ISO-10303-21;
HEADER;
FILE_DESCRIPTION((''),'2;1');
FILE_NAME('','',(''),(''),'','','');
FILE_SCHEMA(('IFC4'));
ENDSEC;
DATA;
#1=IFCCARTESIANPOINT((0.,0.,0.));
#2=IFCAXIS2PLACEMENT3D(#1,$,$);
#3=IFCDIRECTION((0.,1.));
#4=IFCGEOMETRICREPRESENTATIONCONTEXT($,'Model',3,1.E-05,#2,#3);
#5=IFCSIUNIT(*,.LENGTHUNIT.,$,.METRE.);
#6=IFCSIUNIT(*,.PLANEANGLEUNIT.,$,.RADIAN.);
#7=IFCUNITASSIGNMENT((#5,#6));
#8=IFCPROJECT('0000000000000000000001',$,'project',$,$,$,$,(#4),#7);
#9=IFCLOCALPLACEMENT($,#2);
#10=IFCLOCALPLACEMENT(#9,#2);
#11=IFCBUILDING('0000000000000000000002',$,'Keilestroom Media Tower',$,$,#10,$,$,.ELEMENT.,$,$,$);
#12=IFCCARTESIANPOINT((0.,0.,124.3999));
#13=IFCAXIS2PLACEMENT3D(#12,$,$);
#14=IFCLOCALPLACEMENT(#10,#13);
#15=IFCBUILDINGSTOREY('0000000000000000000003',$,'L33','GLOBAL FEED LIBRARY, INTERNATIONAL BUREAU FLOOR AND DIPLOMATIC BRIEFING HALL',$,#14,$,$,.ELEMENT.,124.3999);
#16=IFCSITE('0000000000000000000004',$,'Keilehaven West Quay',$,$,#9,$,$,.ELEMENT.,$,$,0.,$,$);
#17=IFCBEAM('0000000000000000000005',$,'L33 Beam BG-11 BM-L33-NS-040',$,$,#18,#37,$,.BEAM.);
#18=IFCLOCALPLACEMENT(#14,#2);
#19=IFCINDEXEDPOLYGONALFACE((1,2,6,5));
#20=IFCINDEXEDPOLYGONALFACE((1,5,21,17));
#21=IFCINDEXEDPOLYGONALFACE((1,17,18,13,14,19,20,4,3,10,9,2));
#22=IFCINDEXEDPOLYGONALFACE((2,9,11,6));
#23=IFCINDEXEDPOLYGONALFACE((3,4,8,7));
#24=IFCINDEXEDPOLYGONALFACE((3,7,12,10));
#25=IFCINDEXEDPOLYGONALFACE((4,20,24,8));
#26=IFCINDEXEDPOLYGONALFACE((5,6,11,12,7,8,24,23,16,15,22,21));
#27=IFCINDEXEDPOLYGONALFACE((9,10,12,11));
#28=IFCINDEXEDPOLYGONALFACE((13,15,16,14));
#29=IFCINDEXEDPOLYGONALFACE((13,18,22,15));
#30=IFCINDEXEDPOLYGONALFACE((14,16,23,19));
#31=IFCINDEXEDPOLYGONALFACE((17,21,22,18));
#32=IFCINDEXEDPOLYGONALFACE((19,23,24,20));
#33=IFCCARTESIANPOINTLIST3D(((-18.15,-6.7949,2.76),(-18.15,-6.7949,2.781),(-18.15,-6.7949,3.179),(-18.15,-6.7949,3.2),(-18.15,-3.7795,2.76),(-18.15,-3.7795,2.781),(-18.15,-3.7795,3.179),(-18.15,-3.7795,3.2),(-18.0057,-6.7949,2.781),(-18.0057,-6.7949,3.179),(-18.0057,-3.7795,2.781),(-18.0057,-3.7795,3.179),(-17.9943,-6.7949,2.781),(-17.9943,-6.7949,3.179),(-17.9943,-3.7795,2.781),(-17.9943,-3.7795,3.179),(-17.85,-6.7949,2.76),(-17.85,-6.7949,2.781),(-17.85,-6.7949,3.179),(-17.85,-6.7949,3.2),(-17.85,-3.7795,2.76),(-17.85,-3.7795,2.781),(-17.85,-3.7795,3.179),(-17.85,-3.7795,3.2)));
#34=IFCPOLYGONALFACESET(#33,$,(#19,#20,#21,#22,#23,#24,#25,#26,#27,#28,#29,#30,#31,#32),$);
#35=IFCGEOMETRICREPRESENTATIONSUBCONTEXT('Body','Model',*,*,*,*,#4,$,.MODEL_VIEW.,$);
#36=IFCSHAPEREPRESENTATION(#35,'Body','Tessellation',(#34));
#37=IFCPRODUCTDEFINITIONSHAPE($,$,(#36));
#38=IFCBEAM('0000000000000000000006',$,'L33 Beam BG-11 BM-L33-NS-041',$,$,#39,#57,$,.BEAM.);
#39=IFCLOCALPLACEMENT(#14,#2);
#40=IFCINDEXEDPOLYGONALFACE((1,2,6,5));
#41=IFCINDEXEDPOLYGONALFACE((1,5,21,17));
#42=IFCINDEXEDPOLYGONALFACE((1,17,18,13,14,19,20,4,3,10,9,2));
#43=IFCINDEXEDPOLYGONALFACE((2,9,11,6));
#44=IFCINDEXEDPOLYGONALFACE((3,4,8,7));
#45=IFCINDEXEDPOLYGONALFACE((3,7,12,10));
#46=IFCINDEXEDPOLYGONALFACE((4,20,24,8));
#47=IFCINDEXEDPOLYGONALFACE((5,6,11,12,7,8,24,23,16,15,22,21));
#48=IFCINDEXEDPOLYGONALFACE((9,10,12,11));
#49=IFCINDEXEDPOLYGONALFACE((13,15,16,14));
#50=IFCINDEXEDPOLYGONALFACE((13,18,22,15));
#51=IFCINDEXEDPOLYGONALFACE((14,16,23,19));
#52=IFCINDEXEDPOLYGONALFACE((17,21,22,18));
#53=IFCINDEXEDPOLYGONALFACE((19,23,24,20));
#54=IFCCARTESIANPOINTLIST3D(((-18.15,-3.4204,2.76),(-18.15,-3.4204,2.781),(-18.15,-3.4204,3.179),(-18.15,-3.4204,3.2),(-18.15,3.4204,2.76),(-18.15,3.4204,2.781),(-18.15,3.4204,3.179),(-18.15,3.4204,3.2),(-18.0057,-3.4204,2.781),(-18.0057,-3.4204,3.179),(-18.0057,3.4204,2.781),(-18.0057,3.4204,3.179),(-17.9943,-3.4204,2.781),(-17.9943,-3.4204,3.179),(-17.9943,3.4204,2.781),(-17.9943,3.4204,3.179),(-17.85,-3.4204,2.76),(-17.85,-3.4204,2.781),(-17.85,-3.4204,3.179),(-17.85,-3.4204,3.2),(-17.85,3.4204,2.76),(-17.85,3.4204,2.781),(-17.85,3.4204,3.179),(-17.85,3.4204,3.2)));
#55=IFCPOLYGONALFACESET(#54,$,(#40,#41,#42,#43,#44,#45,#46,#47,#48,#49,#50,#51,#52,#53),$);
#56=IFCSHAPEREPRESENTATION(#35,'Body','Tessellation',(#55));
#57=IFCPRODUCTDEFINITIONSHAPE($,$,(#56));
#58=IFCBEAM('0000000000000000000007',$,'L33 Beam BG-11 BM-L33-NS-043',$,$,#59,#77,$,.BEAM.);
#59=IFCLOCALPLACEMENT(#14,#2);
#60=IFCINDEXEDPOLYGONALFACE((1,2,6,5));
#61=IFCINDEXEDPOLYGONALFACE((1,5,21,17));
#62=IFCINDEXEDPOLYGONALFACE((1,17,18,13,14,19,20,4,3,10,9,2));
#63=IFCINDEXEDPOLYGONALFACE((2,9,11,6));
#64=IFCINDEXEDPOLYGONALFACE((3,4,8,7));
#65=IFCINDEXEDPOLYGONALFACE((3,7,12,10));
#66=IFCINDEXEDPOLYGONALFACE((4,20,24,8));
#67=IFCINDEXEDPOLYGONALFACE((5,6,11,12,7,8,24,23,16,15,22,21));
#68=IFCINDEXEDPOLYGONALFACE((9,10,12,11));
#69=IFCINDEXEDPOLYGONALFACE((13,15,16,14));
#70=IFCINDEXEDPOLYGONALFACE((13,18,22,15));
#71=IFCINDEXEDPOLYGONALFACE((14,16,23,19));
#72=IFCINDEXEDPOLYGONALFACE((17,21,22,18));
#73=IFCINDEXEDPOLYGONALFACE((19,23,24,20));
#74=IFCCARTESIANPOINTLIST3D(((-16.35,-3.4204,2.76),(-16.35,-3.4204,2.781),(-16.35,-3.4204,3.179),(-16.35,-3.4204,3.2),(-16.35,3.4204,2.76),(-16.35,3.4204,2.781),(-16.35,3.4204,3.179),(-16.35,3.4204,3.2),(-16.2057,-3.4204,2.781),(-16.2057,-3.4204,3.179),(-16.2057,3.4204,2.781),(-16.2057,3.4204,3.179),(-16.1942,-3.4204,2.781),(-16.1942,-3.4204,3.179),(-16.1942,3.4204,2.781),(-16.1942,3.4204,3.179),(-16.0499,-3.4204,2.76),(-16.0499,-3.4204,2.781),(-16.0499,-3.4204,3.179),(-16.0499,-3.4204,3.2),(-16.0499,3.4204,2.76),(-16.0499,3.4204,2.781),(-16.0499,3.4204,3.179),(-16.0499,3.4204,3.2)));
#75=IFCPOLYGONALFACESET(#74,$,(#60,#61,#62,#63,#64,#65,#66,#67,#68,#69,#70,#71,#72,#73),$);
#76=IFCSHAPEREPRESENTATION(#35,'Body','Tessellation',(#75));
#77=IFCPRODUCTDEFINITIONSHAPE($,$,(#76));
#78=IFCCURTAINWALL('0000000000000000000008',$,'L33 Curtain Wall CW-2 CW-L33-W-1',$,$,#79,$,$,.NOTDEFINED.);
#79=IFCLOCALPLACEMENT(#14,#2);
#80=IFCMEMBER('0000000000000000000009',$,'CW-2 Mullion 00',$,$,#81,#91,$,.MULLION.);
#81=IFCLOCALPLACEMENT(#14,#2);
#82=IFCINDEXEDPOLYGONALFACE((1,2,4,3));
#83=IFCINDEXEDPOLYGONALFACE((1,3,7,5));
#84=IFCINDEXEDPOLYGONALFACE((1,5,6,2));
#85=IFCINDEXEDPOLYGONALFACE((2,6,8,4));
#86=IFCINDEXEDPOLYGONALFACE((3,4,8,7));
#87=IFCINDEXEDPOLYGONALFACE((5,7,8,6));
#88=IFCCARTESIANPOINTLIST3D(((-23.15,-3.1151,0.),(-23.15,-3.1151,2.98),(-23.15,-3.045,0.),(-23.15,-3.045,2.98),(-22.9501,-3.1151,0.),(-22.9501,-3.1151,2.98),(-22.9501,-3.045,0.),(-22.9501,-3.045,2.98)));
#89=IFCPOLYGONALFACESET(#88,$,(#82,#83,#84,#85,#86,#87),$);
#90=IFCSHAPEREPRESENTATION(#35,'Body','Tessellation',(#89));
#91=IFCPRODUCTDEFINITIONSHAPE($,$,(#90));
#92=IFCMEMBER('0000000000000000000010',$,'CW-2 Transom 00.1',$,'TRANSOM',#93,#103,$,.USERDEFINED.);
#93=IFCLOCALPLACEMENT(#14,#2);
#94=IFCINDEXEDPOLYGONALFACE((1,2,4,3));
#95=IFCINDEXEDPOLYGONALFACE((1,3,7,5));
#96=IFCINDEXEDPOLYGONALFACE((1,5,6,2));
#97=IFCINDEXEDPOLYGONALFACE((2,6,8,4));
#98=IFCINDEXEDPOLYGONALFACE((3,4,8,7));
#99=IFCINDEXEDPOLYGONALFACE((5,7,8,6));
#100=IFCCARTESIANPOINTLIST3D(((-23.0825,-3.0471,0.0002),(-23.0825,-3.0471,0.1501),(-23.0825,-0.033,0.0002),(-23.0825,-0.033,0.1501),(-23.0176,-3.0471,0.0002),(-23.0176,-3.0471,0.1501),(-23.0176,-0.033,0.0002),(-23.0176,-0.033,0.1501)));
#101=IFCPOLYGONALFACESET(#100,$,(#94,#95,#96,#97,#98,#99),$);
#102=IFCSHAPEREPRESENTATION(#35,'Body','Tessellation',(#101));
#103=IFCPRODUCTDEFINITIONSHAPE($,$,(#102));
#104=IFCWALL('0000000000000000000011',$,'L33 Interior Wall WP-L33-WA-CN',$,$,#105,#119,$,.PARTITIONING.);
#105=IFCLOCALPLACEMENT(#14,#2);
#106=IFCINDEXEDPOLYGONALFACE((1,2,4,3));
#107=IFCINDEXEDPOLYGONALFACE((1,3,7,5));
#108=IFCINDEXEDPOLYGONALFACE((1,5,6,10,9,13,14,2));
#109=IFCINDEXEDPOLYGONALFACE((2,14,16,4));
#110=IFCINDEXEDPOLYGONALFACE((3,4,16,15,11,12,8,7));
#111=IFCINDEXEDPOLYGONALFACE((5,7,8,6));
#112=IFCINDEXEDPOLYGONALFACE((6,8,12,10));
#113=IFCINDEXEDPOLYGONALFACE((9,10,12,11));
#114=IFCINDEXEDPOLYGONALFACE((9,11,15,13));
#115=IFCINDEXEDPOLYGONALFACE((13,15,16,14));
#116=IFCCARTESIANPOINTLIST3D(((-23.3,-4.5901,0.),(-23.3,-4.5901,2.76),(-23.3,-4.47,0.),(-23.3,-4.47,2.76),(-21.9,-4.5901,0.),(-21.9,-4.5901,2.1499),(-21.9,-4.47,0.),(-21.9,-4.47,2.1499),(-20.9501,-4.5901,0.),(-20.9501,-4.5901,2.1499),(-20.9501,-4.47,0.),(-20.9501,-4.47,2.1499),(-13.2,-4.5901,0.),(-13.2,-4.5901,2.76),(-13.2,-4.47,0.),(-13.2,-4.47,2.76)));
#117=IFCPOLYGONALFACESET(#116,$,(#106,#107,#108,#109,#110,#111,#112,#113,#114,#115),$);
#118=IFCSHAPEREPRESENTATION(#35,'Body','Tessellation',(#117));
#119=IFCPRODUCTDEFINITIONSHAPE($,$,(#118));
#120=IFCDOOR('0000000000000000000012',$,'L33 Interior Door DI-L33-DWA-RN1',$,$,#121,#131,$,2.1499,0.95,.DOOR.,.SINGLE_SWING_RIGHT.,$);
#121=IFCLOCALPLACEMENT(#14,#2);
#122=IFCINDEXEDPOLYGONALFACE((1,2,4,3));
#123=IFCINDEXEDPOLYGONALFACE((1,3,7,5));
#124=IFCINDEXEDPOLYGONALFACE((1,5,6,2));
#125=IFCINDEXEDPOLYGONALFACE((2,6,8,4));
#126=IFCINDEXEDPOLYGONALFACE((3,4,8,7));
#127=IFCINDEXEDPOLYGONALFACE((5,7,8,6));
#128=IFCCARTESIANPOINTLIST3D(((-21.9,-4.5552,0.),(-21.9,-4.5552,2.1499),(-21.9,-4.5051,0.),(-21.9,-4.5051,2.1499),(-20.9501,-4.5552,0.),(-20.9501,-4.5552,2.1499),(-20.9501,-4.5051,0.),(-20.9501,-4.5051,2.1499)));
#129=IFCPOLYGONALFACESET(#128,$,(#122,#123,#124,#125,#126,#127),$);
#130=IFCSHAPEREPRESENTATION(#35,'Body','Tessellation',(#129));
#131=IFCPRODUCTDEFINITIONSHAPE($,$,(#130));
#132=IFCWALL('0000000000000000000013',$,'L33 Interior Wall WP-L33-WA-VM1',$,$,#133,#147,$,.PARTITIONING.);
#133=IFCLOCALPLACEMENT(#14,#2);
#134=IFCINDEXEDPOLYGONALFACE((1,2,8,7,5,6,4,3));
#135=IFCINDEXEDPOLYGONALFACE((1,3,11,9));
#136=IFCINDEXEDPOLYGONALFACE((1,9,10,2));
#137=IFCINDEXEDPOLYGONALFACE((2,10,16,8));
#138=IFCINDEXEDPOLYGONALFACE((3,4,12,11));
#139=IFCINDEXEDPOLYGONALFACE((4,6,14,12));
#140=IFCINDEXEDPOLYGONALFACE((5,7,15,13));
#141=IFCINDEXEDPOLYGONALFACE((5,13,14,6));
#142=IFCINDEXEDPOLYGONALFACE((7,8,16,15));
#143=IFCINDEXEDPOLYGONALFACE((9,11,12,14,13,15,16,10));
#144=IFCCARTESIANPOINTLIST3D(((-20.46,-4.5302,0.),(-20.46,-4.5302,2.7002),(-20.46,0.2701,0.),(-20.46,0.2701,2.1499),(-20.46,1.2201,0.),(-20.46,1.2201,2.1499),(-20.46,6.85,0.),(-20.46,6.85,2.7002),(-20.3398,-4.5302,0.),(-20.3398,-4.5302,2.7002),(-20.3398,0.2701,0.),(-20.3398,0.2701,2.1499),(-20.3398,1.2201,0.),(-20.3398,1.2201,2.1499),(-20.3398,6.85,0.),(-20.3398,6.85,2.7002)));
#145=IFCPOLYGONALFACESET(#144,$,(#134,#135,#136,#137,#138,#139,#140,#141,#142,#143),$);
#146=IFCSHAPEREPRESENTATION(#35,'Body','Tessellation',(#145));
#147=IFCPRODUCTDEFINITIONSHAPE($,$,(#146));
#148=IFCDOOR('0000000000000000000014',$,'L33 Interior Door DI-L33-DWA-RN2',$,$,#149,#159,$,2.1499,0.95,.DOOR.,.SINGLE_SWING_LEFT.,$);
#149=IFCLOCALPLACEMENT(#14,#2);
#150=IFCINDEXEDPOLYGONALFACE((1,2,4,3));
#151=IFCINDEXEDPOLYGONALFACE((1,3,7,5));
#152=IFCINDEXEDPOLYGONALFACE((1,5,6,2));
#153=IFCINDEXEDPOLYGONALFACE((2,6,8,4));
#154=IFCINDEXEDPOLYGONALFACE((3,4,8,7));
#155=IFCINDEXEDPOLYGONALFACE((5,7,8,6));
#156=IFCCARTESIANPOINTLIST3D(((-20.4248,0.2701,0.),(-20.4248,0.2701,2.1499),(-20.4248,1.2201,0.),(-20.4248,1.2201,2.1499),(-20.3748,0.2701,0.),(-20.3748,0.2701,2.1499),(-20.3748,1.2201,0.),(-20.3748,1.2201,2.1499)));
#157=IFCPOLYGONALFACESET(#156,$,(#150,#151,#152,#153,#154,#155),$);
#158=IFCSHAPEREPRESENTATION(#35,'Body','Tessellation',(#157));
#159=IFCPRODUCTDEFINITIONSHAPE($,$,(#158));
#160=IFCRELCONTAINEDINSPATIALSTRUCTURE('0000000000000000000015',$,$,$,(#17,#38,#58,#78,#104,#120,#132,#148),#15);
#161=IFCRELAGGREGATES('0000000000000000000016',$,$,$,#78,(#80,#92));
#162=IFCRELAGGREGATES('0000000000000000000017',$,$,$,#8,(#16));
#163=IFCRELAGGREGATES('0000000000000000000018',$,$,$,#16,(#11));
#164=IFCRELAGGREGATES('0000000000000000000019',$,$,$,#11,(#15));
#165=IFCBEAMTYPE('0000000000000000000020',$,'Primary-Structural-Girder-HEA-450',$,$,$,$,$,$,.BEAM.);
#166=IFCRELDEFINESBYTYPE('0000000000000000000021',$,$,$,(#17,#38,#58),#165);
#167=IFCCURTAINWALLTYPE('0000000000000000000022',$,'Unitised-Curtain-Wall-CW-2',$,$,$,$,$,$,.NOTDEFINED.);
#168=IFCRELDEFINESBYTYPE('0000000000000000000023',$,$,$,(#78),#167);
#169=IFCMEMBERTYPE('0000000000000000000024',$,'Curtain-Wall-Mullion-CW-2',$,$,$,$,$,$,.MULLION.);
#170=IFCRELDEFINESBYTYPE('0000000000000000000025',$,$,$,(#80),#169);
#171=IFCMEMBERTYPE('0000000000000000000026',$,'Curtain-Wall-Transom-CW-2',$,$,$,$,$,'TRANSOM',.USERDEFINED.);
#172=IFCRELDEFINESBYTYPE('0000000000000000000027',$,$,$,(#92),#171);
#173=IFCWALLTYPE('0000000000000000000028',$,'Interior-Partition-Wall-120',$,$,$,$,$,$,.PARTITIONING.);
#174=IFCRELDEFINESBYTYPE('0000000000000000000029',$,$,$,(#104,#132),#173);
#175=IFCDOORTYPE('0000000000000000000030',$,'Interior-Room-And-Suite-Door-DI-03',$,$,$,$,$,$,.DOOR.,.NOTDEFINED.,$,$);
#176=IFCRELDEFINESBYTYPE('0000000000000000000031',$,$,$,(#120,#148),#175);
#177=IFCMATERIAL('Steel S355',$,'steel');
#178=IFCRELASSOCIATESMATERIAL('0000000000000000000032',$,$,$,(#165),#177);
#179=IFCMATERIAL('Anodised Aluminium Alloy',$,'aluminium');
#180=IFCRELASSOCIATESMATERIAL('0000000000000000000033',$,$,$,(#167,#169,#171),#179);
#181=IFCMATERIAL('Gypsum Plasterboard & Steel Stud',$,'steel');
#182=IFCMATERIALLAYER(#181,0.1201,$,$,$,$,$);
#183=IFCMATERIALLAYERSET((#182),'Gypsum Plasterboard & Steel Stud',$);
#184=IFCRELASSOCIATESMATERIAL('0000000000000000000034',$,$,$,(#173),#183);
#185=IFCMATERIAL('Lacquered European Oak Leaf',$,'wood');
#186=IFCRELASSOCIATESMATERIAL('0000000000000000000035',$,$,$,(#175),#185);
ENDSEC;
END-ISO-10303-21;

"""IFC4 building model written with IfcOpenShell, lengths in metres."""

from ifc_helpers import new_model, si_unit, direction, frame, frame_2d, origin, origin_2d, place, context, subcontext, project, spatial, rectangle, i_section, extrude, source, transform, mapped, material, layer, layer_set, material_profile, profile_set, type_object, element, fill, aggregate, save


model = new_model("IFC4")

# Units and contexts
model_context = context("Model", 3, precision=1e-05, world=origin(), true_north=direction((0.0, 1.0)))
body_context = subcontext(model_context, "Body", "Model", "MODEL_VIEW")
ifc_project = project(units=[si_unit("LENGTHUNIT", "METRE"), si_unit("PLANEANGLEUNIT", "RADIAN")], contexts=[model_context])

# Site, building, storey
site_placement = place(None, origin())
site = spatial("IfcSite", under=ifc_project, at=site_placement, Name="Keilehaven West Quay", CompositionType="ELEMENT", RefElevation=0.0)
building_placement = place(site_placement, origin())
building = spatial("IfcBuilding", under=site, at=building_placement, Name="Keilestroom Media Tower", CompositionType="ELEMENT")
storey_placement = place(building_placement, frame((0.0, 0.0, 124.3999)))
storey = spatial("IfcBuildingStorey", under=building, at=storey_placement, Name="L33", Description="GLOBAL FEED LIBRARY, INTERNATIONAL BUREAU FLOOR AND DIPLOMATIC BRIEFING HALL", CompositionType="ELEMENT", Elevation=124.3999)

# Shared definitions
ifc_material_1 = material(Name="Steel S355", Category="steel")

# Beams
ifc_material_profile_1 = material_profile(ifc_material_1, i_section(OverallWidth=0.3, OverallDepth=0.4399, WebThickness=0.0115, FlangeThickness=0.021, at=origin_2d()), Name="HEA 450")
ifc_profile_set_1 = profile_set([ifc_material_profile_1], Name="Steel S355")
beam_type_1 = type_object("IfcBeamType", Name="Primary-Structural-Girder-HEA-450", PredefinedType="BEAM", material=ifc_profile_set_1)
shared_shape_1 = source(origin(), body_context, "Body", "SweptSolid", [
    extrude(i_section(OverallWidth=0.3, OverallDepth=0.4399, WebThickness=0.0115, FlangeThickness=0.021, at=origin_2d()), origin(), (0.0, 0.0, 1.0), 3.0154),
])
beam_1_placement = place(storey_placement, frame((-18.0, -6.7949, 2.98), z_axis=(0.0, 1.0, 0.0), x_axis=(-1.0, 0.0, 0.0)))
element("IfcBeam", 1, at=beam_1_placement, inside=storey, type_object=beam_type_1, Name="L33 Beam BG-11 BM-L33-NS-040", PredefinedType="BEAM", context=body_context, shape_type="MappedRepresentation", body=[
    mapped(shared_shape_1, transform((0.0, 0.0, 0.0), x_axis=(1.0, 0.0, 0.0), y_axis=(0.0, 1.0, 0.0), z_axis=(0.0, 0.0, 1.0), scale=1.0)),
])
shared_shape_2 = source(origin(), body_context, "Body", "SweptSolid", [
    extrude(i_section(OverallWidth=0.3, OverallDepth=0.4399, WebThickness=0.0115, FlangeThickness=0.021, at=origin_2d()), origin(), (0.0, 0.0, 1.0), 6.8408),
])
for number, where, z_axis, x_axis, name in (
    (2, (-18.0, -3.4204, 2.98), (0.0, 1.0, 0.0), (-1.0, 0.0, 0.0), "L33 Beam BG-11 BM-L33-NS-041"),
    (3, (-16.2, -3.4204, 2.98), (0.0, 1.0, 0.0), (-1.0, 0.0, 0.0), "L33 Beam BG-11 BM-L33-NS-043"),
):
    element("IfcBeam", number, at=place(storey_placement, frame(where, z_axis=z_axis, x_axis=x_axis)), inside=storey, type_object=beam_type_1, Name=name, PredefinedType="BEAM", context=body_context, shape_type="MappedRepresentation", body=[
        mapped(shared_shape_2, transform((0.0, 0.0, 0.0), x_axis=(1.0, 0.0, 0.0), y_axis=(0.0, 1.0, 0.0), z_axis=(0.0, 0.0, 1.0), scale=1.0)),
    ])

# Curtain wall, members
ifc_material_2 = material(Name="Anodised Aluminium Alloy", Category="aluminium")
curtain_wall_type = type_object("IfcCurtainWallType", Name="Unitised-Curtain-Wall-CW-2", PredefinedType="NOTDEFINED", material=ifc_material_2)
curtain_wall_placement = place(storey_placement, origin())
curtain_wall = element("IfcCurtainWall", 4, at=curtain_wall_placement, inside=storey, type_object=curtain_wall_type, Name="L33 Curtain Wall CW-2 CW-L33-W-1", PredefinedType="NOTDEFINED")
ifc_material_profile_2 = material_profile(ifc_material_2, rectangle(XDim=0.0701, YDim=0.2, at=origin_2d()), Name="ALU MULLION 70x200")
ifc_profile_set_2 = profile_set([ifc_material_profile_2], Name="Anodised Aluminium Alloy")
member_type_1 = type_object("IfcMemberType", Name="Curtain-Wall-Mullion-CW-2", PredefinedType="MULLION", material=ifc_profile_set_2)
shared_shape_3 = source(origin(), body_context, "Body", "SweptSolid", [
    extrude(rectangle(XDim=0.0701, YDim=0.2, at=origin_2d()), origin(), (0.0, 0.0, 1.0), 2.98),
])
member_1_placement = place(storey_placement, frame((-23.05, -3.0801, 0.0), z_axis=(0.0, 0.0, 1.0), x_axis=(0.0, 1.0, 0.0)))
member_1 = element("IfcMember", 5, at=member_1_placement, type_object=member_type_1, Name="CW-2 Mullion 00", PredefinedType="MULLION", context=body_context, shape_type="MappedRepresentation", body=[
    mapped(shared_shape_3, transform((0.0, 0.0, 0.0), x_axis=(1.0, 0.0, 0.0), y_axis=(0.0, 1.0, 0.0), z_axis=(0.0, 0.0, 1.0), scale=1.0)),
])
ifc_material_profile_3 = material_profile(ifc_material_2, rectangle(XDim=0.0649, YDim=0.1499, at=origin_2d()), Name="ALU TRANSOM 65x150")
ifc_profile_set_3 = profile_set([ifc_material_profile_3], Name="Anodised Aluminium Alloy")
member_type_2 = type_object("IfcMemberType", Name="Curtain-Wall-Transom-CW-2", ElementType="TRANSOM", PredefinedType="USERDEFINED", material=ifc_profile_set_3)
shared_shape_4 = source(origin(), body_context, "Body", "SweptSolid", [
    extrude(rectangle(XDim=0.0649, YDim=0.1499, at=origin_2d()), origin(), (0.0, 0.0, 1.0), 3.0142),
])
member_2_placement = place(storey_placement, frame((-23.05, -3.0471, 0.0752), z_axis=(0.0, 1.0, 0.0), x_axis=(-1.0, 0.0, 0.0)))
member_2 = element("IfcMember", 6, at=member_2_placement, type_object=member_type_2, Name="CW-2 Transom 00.1", ObjectType="TRANSOM", PredefinedType="USERDEFINED", context=body_context, shape_type="MappedRepresentation", body=[
    mapped(shared_shape_4, transform((0.0, 0.0, 0.0), x_axis=(1.0, 0.0, 0.0), y_axis=(0.0, 1.0, 0.0), z_axis=(0.0, 0.0, 1.0), scale=1.0)),
])
aggregate(curtain_wall, [member_1, member_2])

# Walls, openings, doors
ifc_material_3 = material(Name="Gypsum Plasterboard & Steel Stud", Category="steel")
ifc_layer_1 = layer(ifc_material_3, 0.1201)
ifc_layer_set_1 = layer_set([ifc_layer_1], Name="Gypsum Plasterboard & Steel Stud")
wall_type_1 = type_object("IfcWallType", Name="Interior-Partition-Wall-120", PredefinedType="PARTITIONING", material=ifc_layer_set_1)
wall_1_placement = place(storey_placement, frame((-23.3, -4.53, 0.0), z_axis=(0.0, 0.0, 1.0), x_axis=(1.0, 0.0, 0.0)))
wall_1 = element("IfcWall", 7, at=wall_1_placement, inside=storey, type_object=wall_type_1, Name="L33 Interior Wall WP-L33-WA-CN", PredefinedType="PARTITIONING", context=body_context, shape_type="SweptSolid", body=[
    extrude(rectangle(XDim=10.1001, YDim=0.1201, at=frame_2d((5.05, 0.0))), origin(), (0.0, 0.0, 1.0), 2.76),
])
opening_1_placement = place(wall_1_placement, frame((1.3999, 0.0, 0.0)))
opening_1 = element("IfcOpeningElement", 8, at=opening_1_placement, cuts=wall_1, PredefinedType="OPENING", context=body_context, shape_type="SweptSolid", body=[
    extrude(rectangle(XDim=0.95, YDim=2.1499, at=frame_2d((0.4751, 1.075))), frame((0.0, 0.0701, 0.0), z_axis=(0.0, -1.0, 0.0), x_axis=(1.0, 0.0, 0.0)), (0.0, 0.0, 1.0), 0.1401),
])
ifc_material_4 = material(Name="Lacquered European Oak Leaf", Category="wood")
door_type = type_object("IfcDoorType", Name="Interior-Room-And-Suite-Door-DI-03", OperationType="NOTDEFINED", PredefinedType="DOOR", material=ifc_material_4)
shared_shape_5 = source(origin(), body_context, "Body", "SweptSolid", [
    extrude(rectangle(XDim=0.95, YDim=2.1499, at=frame_2d((0.4751, 1.075))), frame((0.0, 0.0249, 0.0), z_axis=(0.0, -1.0, 0.0), x_axis=(1.0, 0.0, 0.0)), (0.0, 0.0, 1.0), 0.05),
])
door_1_placement = place(opening_1_placement, origin())
door_1 = element("IfcDoor", 9, at=door_1_placement, inside=storey, type_object=door_type, Name="L33 Interior Door DI-L33-DWA-RN1", OperationType="SINGLE_SWING_RIGHT", OverallHeight=2.1499, OverallWidth=0.95, PredefinedType="DOOR", context=body_context, shape_type="MappedRepresentation", body=[
    mapped(shared_shape_5, transform((0.0, 0.0, 0.0), x_axis=(1.0, 0.0, 0.0), y_axis=(0.0, 1.0, 0.0), z_axis=(0.0, 0.0, 1.0), scale=1.0)),
])
fill(opening_1, door_1)
wall_2_placement = place(storey_placement, frame((-20.3999, -4.53, 0.0), z_axis=(0.0, 0.0, 1.0), x_axis=(0.0, 1.0, 0.0)))
wall_2 = element("IfcWall", 10, at=wall_2_placement, inside=storey, type_object=wall_type_1, Name="L33 Interior Wall WP-L33-WA-VM1", PredefinedType="PARTITIONING", context=body_context, shape_type="SweptSolid", body=[
    extrude(rectangle(XDim=11.3801, YDim=0.1201, at=frame_2d((5.6899, 0.0))), origin(), (0.0, 0.0, 1.0), 2.7002),
])
opening_2_placement = place(wall_2_placement, frame((4.8, 0.0, 0.0)))
opening_2 = element("IfcOpeningElement", 11, at=opening_2_placement, cuts=wall_2, PredefinedType="OPENING", context=body_context, shape_type="SweptSolid", body=[
    extrude(rectangle(XDim=0.95, YDim=2.1499, at=frame_2d((0.4751, 1.075))), frame((0.0, 0.0701, 0.0), z_axis=(0.0, -1.0, 0.0), x_axis=(1.0, 0.0, 0.0)), (0.0, 0.0, 1.0), 0.1401),
])
door_2_placement = place(opening_2_placement, origin())
door_2 = element("IfcDoor", 12, at=door_2_placement, inside=storey, type_object=door_type, Name="L33 Interior Door DI-L33-DWA-RN2", OperationType="SINGLE_SWING_LEFT", OverallHeight=2.1499, OverallWidth=0.95, PredefinedType="DOOR", context=body_context, shape_type="MappedRepresentation", body=[
    mapped(shared_shape_5, transform((0.0, 0.0, 0.0), x_axis=(1.0, 0.0, 0.0), y_axis=(0.0, 1.0, 0.0), z_axis=(0.0, 0.0, 1.0), scale=1.0)),
])
fill(opening_2, door_2)

save(model, "model.ifc")
